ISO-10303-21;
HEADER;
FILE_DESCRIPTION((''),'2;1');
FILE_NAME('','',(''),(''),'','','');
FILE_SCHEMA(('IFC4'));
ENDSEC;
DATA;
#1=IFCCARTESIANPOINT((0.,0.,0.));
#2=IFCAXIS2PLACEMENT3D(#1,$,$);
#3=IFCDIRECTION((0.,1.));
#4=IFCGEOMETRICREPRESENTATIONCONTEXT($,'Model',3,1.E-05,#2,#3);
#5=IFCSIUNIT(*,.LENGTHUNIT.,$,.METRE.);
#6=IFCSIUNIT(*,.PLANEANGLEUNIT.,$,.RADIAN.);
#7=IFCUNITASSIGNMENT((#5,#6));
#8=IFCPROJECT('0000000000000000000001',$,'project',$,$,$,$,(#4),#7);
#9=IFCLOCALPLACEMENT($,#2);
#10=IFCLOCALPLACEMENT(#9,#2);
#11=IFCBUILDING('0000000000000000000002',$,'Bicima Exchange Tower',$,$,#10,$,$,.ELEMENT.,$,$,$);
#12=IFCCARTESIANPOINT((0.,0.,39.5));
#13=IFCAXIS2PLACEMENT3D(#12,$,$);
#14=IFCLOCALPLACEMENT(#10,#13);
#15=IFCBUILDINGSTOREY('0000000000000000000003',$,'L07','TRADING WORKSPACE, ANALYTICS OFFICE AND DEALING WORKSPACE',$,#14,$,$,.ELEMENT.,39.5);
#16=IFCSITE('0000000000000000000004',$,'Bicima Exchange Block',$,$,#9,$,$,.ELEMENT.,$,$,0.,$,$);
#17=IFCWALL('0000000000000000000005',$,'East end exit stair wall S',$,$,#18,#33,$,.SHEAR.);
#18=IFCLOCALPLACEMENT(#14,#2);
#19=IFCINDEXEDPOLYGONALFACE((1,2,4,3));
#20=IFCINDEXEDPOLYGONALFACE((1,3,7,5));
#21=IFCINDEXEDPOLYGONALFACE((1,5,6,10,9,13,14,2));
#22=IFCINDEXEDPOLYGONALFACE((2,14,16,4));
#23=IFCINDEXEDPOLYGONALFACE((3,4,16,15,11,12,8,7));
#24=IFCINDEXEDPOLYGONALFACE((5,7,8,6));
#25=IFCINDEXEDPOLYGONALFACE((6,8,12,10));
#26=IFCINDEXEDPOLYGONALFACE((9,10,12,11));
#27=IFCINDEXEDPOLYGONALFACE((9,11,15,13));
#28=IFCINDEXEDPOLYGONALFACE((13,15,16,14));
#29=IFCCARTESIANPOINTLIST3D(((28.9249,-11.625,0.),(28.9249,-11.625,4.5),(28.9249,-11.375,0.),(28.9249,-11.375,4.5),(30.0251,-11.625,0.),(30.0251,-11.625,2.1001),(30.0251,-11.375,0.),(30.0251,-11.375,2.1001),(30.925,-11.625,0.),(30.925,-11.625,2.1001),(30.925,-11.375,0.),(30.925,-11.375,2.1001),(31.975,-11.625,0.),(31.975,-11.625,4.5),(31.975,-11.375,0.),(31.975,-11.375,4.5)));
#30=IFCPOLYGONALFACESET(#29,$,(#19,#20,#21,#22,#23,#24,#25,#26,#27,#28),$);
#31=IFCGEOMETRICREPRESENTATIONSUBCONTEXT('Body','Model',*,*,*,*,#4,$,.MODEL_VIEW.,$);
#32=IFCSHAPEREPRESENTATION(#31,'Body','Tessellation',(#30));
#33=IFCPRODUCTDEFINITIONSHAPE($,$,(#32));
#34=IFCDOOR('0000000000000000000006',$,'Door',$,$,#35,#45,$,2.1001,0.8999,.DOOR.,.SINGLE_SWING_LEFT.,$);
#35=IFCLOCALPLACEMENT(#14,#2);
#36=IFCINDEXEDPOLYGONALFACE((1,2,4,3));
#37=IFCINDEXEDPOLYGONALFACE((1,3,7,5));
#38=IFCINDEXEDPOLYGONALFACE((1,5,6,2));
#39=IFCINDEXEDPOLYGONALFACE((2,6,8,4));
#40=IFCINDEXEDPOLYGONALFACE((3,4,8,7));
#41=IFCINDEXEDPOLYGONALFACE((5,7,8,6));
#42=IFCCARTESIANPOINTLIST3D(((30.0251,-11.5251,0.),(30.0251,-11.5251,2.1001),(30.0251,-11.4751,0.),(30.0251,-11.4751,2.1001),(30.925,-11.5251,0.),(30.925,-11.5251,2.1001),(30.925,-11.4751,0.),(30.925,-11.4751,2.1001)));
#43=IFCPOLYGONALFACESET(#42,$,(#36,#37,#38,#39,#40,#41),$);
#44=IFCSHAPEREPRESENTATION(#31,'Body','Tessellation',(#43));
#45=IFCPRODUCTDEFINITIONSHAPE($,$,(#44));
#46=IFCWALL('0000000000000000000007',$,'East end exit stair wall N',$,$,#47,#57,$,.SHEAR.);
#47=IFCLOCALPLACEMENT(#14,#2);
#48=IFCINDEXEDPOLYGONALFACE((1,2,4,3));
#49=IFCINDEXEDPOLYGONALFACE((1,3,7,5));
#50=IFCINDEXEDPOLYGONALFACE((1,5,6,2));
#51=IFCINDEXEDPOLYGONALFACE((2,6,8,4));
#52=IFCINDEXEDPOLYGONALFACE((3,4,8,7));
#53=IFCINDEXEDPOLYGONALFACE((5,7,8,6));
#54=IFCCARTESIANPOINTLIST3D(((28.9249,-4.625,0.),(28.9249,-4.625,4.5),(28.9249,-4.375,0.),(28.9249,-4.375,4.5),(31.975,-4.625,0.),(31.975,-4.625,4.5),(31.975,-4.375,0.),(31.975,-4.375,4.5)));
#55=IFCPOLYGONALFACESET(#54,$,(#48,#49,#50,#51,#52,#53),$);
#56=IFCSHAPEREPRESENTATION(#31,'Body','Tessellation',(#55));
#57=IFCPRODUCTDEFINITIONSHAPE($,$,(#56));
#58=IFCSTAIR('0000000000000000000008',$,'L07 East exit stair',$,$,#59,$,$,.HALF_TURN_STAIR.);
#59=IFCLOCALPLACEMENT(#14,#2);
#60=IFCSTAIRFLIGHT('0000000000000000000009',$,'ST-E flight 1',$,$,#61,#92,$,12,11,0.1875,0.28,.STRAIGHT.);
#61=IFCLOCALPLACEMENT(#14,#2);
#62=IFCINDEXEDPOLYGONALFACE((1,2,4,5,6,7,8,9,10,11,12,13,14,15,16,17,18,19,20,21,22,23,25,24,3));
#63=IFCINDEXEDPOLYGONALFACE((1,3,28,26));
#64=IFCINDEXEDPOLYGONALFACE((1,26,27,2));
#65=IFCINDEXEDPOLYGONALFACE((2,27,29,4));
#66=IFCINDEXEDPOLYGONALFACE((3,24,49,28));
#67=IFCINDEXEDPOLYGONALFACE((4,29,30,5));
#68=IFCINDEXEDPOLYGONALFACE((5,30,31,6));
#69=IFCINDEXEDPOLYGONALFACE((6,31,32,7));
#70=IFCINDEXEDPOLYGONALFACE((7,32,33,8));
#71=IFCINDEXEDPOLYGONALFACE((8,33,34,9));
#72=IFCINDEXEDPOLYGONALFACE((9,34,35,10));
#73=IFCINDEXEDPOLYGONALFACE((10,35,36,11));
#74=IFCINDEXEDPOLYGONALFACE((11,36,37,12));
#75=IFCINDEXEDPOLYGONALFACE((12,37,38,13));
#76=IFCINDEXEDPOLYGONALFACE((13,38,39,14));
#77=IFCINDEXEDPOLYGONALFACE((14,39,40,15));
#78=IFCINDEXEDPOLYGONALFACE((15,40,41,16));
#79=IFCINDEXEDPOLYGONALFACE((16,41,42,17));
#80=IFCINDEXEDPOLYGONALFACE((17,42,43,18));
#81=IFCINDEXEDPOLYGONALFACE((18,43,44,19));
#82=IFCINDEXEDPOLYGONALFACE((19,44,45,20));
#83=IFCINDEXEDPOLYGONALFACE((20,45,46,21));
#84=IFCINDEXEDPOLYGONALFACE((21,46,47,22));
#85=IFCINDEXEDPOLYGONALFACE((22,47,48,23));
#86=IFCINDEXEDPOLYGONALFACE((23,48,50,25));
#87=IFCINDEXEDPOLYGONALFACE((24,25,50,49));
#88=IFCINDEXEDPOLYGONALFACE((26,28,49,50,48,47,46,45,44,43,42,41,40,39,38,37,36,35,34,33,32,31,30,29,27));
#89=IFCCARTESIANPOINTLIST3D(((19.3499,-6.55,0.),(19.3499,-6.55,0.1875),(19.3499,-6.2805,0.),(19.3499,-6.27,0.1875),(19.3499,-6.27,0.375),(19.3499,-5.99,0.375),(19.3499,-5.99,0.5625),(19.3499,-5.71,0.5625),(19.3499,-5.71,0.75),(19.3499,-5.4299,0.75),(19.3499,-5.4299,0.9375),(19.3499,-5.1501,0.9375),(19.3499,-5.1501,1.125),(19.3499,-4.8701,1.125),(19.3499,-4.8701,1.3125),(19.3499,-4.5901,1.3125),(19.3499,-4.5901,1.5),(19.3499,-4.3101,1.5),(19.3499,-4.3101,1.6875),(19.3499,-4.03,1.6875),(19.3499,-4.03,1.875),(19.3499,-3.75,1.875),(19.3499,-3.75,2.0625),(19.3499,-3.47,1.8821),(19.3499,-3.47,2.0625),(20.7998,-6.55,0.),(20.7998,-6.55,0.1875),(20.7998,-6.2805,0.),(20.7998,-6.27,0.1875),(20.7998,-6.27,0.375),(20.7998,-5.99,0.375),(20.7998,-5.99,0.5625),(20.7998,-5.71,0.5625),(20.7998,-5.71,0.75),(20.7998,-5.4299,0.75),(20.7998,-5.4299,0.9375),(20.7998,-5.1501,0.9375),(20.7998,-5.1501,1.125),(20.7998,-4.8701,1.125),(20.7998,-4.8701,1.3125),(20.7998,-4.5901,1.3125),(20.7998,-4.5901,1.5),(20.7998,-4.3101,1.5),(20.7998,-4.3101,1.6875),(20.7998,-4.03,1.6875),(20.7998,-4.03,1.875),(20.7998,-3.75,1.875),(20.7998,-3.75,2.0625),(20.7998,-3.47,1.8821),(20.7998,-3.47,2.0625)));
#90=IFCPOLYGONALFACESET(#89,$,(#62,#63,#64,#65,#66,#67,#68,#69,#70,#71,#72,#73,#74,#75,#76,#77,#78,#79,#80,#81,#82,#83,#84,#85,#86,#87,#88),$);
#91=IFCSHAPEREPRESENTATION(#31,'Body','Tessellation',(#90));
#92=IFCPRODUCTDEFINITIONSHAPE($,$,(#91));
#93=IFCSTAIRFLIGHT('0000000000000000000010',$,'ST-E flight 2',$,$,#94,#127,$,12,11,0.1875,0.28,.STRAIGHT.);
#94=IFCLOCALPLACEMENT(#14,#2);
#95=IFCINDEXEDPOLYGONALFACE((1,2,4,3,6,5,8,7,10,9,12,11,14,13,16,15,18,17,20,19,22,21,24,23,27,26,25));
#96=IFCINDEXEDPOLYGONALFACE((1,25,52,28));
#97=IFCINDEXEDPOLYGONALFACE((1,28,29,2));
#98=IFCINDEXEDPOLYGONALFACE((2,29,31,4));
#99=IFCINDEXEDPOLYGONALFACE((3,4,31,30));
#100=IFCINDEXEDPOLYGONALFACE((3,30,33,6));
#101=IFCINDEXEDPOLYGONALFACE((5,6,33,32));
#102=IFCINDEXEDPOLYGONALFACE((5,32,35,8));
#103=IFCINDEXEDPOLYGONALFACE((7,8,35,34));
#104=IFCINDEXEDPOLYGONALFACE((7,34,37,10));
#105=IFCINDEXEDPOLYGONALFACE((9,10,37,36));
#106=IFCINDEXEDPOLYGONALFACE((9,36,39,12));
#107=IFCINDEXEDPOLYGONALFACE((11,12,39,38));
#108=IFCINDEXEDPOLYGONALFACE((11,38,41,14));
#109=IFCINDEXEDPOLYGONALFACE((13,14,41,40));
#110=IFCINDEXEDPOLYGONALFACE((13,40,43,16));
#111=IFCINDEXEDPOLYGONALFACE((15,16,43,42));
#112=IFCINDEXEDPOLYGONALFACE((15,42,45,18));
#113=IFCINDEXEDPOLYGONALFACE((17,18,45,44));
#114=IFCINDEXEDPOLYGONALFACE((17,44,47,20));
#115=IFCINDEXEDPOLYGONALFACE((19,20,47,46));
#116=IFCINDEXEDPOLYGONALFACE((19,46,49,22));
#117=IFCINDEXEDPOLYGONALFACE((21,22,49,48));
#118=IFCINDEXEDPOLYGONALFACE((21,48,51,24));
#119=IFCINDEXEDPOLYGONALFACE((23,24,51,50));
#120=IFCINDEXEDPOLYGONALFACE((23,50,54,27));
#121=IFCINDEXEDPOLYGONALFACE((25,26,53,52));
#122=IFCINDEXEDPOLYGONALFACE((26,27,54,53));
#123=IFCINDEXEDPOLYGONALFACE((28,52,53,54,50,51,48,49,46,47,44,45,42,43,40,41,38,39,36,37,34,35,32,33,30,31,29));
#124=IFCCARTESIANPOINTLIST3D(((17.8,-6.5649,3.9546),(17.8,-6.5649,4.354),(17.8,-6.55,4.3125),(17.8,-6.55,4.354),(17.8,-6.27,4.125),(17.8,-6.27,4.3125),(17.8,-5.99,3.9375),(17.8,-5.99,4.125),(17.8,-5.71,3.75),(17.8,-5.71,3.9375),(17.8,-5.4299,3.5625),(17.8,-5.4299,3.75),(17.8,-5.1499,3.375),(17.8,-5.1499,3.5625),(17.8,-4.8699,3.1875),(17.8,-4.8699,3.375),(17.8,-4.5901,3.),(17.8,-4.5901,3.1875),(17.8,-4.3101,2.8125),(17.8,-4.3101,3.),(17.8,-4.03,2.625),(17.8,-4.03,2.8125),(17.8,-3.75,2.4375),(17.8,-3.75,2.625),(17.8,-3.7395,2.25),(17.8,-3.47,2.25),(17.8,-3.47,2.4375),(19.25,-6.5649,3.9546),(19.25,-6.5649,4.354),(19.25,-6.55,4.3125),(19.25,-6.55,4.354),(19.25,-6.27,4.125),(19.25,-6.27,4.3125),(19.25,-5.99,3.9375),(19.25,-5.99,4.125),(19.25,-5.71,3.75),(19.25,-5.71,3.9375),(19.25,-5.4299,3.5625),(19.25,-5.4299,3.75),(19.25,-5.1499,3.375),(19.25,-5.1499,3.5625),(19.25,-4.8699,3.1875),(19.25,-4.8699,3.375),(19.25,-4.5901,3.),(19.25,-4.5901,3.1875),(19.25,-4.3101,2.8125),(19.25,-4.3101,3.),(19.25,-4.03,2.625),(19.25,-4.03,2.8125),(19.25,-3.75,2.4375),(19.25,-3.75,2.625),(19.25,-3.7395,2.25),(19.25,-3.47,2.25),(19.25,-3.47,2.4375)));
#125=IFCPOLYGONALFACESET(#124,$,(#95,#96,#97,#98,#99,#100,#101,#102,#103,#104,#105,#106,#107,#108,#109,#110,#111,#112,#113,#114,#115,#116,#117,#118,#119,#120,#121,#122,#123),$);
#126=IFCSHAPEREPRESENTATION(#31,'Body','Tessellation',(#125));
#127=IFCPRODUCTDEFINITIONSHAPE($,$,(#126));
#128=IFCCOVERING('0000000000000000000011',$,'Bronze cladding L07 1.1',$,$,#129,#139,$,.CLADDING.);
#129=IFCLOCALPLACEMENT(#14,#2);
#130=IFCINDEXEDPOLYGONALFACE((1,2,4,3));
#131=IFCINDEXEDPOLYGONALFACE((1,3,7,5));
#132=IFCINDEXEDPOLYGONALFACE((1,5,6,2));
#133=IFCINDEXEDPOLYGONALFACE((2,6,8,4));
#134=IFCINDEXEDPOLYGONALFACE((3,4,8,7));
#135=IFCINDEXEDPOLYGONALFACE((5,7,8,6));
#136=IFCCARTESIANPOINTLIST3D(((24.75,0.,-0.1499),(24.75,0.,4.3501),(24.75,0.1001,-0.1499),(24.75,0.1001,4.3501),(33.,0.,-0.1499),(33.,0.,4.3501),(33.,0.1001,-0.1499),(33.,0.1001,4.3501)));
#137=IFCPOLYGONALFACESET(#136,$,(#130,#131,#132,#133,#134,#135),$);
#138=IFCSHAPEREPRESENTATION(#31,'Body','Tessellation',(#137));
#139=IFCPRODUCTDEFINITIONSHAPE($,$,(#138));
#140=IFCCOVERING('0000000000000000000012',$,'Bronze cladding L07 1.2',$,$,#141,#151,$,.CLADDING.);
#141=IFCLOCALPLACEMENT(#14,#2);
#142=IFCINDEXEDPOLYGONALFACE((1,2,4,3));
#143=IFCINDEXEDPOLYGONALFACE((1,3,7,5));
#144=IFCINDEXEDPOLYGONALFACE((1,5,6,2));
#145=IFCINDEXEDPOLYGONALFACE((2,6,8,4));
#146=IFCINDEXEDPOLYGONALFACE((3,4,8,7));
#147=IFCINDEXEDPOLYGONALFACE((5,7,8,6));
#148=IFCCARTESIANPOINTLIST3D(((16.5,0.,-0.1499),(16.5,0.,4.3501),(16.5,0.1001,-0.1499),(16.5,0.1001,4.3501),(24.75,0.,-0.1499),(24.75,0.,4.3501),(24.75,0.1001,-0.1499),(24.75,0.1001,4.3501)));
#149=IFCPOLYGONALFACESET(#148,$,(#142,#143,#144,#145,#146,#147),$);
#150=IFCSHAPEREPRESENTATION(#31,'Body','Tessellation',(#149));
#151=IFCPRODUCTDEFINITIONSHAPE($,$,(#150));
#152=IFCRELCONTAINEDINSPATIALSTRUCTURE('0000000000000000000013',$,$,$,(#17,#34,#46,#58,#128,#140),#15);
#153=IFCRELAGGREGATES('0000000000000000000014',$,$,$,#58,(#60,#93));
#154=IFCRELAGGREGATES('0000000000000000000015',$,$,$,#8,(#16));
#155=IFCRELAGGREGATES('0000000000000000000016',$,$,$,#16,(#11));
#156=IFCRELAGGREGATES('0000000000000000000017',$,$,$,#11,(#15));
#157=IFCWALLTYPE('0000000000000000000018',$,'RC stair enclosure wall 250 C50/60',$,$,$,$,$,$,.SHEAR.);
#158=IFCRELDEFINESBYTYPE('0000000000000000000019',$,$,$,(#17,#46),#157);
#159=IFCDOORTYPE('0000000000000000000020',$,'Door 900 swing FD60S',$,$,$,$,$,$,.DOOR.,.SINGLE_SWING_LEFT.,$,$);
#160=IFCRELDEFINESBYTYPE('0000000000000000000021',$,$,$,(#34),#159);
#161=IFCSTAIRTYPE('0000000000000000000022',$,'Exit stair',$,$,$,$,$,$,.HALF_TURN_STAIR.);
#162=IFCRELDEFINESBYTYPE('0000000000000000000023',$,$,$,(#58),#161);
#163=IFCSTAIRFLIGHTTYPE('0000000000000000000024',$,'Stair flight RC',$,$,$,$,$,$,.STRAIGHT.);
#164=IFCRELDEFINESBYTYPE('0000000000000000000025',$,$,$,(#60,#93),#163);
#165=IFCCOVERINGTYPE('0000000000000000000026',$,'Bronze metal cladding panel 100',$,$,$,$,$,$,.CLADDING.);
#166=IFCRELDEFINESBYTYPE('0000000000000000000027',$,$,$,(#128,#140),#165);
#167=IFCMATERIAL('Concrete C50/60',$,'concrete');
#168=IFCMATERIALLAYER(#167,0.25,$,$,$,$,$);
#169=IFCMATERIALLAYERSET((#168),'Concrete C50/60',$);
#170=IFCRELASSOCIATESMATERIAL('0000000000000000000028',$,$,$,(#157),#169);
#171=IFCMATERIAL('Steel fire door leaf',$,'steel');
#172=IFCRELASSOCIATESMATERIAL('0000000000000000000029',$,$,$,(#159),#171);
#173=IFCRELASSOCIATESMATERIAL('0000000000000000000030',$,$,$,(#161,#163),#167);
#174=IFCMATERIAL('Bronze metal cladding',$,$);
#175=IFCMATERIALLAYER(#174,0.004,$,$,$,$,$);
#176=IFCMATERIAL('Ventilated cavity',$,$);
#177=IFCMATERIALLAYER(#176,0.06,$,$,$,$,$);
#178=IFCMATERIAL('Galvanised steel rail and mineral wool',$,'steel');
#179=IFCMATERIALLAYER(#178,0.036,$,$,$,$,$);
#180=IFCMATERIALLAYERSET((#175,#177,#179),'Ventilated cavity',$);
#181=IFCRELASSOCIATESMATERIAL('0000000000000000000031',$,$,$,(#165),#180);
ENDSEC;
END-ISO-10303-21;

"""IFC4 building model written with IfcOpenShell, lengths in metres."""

from ifc_helpers import new_model, si_unit, direction, frame, frame_2d, origin, origin_2d, place, context, subcontext, project, spatial, polyline, rectangle, outline, extrude, material, layer, layer_set, type_object, element, fill, aggregate, save


model = new_model("IFC4")

# Units and contexts
model_context = context("Model", 3, precision=1e-05, world=origin(), true_north=direction((0.0, 1.0)))
body_context = subcontext(model_context, "Body", "Model", "MODEL_VIEW")
ifc_project = project(units=[si_unit("LENGTHUNIT", "METRE"), si_unit("PLANEANGLEUNIT", "RADIAN")], contexts=[model_context])

# Site, building, storey
site_placement = place(None, origin())
site = spatial("IfcSite", under=ifc_project, at=site_placement, Name="Bicima Exchange Block", CompositionType="ELEMENT", RefElevation=0.0)
building_placement = place(site_placement, origin())
building = spatial("IfcBuilding", under=site, at=building_placement, Name="Bicima Exchange Tower", CompositionType="ELEMENT")
storey_placement = place(building_placement, frame((0.0, 0.0, 39.5)))
storey = spatial("IfcBuildingStorey", under=building, at=storey_placement, Name="L07", Description="TRADING WORKSPACE, ANALYTICS OFFICE AND DEALING WORKSPACE", CompositionType="ELEMENT", Elevation=39.5)

# Shared definitions
ifc_material_1 = material(Name="Steel fire door leaf", Category="steel")

# Shared definitions
ifc_material_2 = material(Name="Concrete C50/60", Category="concrete")
ifc_layer_1 = layer(ifc_material_2, 0.25)
ifc_layer_set_1 = layer_set([ifc_layer_1], Name="Concrete C50/60")
wall_type_1 = type_object("IfcWallType", Name="RC stair enclosure wall 250 C50/60", PredefinedType="SHEAR", material=ifc_layer_set_1)

# Wall, opening, door
wall_1_placement = place(storey_placement, frame((28.925, -11.5, 0.0), z_axis=(0.0, 0.0, 1.0), x_axis=(1.0, 0.0, 0.0)))
wall_1 = element("IfcWall", 1, at=wall_1_placement, inside=storey, type_object=wall_type_1, Name="East end exit stair wall S", PredefinedType="SHEAR", context=body_context, shape_type="SweptSolid", body=[
    extrude(rectangle(XDim=3.05, YDim=0.25, at=frame_2d((1.5249, 0.0))), origin(), (0.0, 0.0, 1.0), 4.5),
])
opening_1_placement = place(wall_1_placement, frame((1.1001, 0.0, 0.0)))
opening_1 = element("IfcOpeningElement", 2, at=opening_1_placement, cuts=wall_1, PredefinedType="OPENING", context=body_context, shape_type="SweptSolid", body=[
    extrude(rectangle(XDim=0.8999, YDim=2.1001, at=frame_2d((0.45, 1.05))), frame((0.0, 0.137, 0.0), z_axis=(0.0, -1.0, 0.0), x_axis=(1.0, 0.0, 0.0)), (0.0, 0.0, 1.0), 0.2739),
])
door_type_1 = type_object("IfcDoorType", Name="Door 900 swing FD60S", OperationType="SINGLE_SWING_LEFT", PredefinedType="DOOR", material=ifc_material_1)
door_1_placement = place(opening_1_placement, origin())
door_1 = element("IfcDoor", 3, at=door_1_placement, inside=storey, type_object=door_type_1, Name="Door", OperationType="SINGLE_SWING_LEFT", OverallHeight=2.1001, OverallWidth=0.8999, PredefinedType="DOOR", context=body_context, shape_type="SweptSolid", body=[
    extrude(rectangle(XDim=0.8999, YDim=2.1001, at=frame_2d((0.45, 1.05))), frame((0.0, 0.0249, 0.0), z_axis=(0.0, -1.0, 0.0), x_axis=(1.0, 0.0, 0.0)), (0.0, 0.0, 1.0), 0.05),
])
fill(opening_1, door_1)

# Wall
wall_2_placement = place(storey_placement, frame((28.925, -4.5, 0.0), z_axis=(0.0, 0.0, 1.0), x_axis=(1.0, 0.0, 0.0)))
element("IfcWall", 4, at=wall_2_placement, inside=storey, type_object=wall_type_1, Name="East end exit stair wall N", PredefinedType="SHEAR", context=body_context, shape_type="SweptSolid", body=[
    extrude(rectangle(XDim=3.05, YDim=0.25, at=frame_2d((1.5249, 0.0))), origin(), (0.0, 0.0, 1.0), 4.5),
])

# Stair, stair flights
stair_type = type_object("IfcStairType", Name="Exit stair", PredefinedType="HALF_TURN_STAIR", material=ifc_material_2)
stair_placement = place(storey_placement, origin())
stair = element("IfcStair", 5, at=stair_placement, inside=storey, type_object=stair_type, Name="L07 East exit stair", PredefinedType="HALF_TURN_STAIR")
stair_flight_type = type_object("IfcStairFlightType", Name="Stair flight RC", PredefinedType="STRAIGHT", material=ifc_material_2)
stair_flight_1_placement = place(storey_placement, frame((20.075, -6.55, 0.0), z_axis=(0.0, 0.0, 1.0), x_axis=(0.0, 1.0, 0.0)))
stair_flight_1 = element("IfcStairFlight", 6, at=stair_flight_1_placement, type_object=stair_flight_type, Name="ST-E flight 1", NumberOfRisers=12, NumberOfTreads=11, PredefinedType="STRAIGHT", RiserHeight=0.1875, TreadLength=0.28, context=body_context, shape_type="SweptSolid", body=[
    extrude(outline(polyline([(0.0, 0.0), (0.0, 0.1875), (0.28, 0.1875), (0.28, 0.375), (0.5601, 0.375), (0.5601, 0.5625), (0.8401, 0.5625), (0.8401, 0.75), (1.1201, 0.75), (1.1201, 0.9375), (1.3999, 0.9375), (1.3999, 1.125), (1.6799, 1.125), (1.6799, 1.3125), (1.96, 1.3125), (1.96, 1.5), (2.24, 1.5), (2.24, 1.6875), (2.52, 1.6875), (2.52, 1.875), (2.8, 1.875), (2.8, 2.0625), (3.0801, 2.0625), (3.0801, 2.25), (3.0801, 1.8821), (0.2695, 0.0), (0.0, 0.0)])), frame((0.0, 0.7251, 0.0), z_axis=(0.0, -1.0, 0.0), x_axis=(1.0, 0.0, 0.0)), (0.0, 0.0, 1.0), 1.45),
])
stair_flight_2_placement = place(storey_placement, frame((18.5249, -3.47, 2.25), z_axis=(0.0, 0.0, 1.0), x_axis=(0.0, -1.0, 0.0)))
stair_flight_2 = element("IfcStairFlight", 7, at=stair_flight_2_placement, type_object=stair_flight_type, Name="ST-E flight 2", NumberOfRisers=12, NumberOfTreads=11, PredefinedType="STRAIGHT", RiserHeight=0.1875, TreadLength=0.28, context=body_context, shape_type="SweptSolid", body=[
    extrude(outline(polyline([(0.0, 0.0), (0.0, 0.1875), (0.28, 0.1875), (0.28, 0.375), (0.5601, 0.375), (0.5601, 0.5625), (0.8401, 0.5625), (0.8401, 0.75), (1.1201, 0.75), (1.1201, 0.9375), (1.3999, 0.9375), (1.3999, 1.125), (1.6799, 1.125), (1.6799, 1.3125), (1.96, 1.3125), (1.96, 1.5), (2.24, 1.5), (2.24, 1.6875), (2.52, 1.6875), (2.52, 1.875), (2.8, 1.875), (2.8, 2.0625), (3.0801, 2.0625), (3.0801, 2.104), (3.095, 2.104), (3.095, 1.7046), (0.2695, 0.0), (0.0, 0.0)])), frame((0.0, 0.7251, 0.0), z_axis=(0.0, -1.0, 0.0), x_axis=(1.0, 0.0, 0.0)), (0.0, 0.0, 1.0), 1.45),
])
aggregate(stair, [stair_flight_1, stair_flight_2])

# Coverings
ifc_material_3 = material(Name="Bronze metal cladding")
ifc_layer_2 = layer(ifc_material_3, 0.004)
ifc_material_4 = material(Name="Ventilated cavity")
ifc_layer_3 = layer(ifc_material_4, 0.06)
ifc_material_5 = material(Name="Galvanised steel rail and mineral wool", Category="steel")
ifc_layer_4 = layer(ifc_material_5, 0.036)
ifc_layer_set_2 = layer_set([ifc_layer_2, ifc_layer_3, ifc_layer_4], Name="Ventilated cavity")
covering_type = type_object("IfcCoveringType", Name="Bronze metal cladding panel 100", PredefinedType="CLADDING", material=ifc_layer_set_2)
for number, where, z_axis, x_axis, name in (
    (8, (28.875, 0.05, -0.1499), (0.0, 0.0, 1.0), (-1.0, 0.0, 0.0), "Bronze cladding L07 1.1"),
    (9, (20.625, 0.05, -0.1499), (0.0, 0.0, 1.0), (-1.0, 0.0, 0.0), "Bronze cladding L07 1.2"),
):
    element("IfcCovering", number, at=place(storey_placement, frame(where, z_axis=z_axis, x_axis=x_axis)), inside=storey, type_object=covering_type, Name=name, PredefinedType="CLADDING", context=body_context, shape_type="SweptSolid", body=[
        extrude(rectangle(XDim=8.25, YDim=0.1001, at=origin_2d()), origin(), (0.0, 0.0, 1.0), 4.5),
    ])

save(model, "model.ifc")
